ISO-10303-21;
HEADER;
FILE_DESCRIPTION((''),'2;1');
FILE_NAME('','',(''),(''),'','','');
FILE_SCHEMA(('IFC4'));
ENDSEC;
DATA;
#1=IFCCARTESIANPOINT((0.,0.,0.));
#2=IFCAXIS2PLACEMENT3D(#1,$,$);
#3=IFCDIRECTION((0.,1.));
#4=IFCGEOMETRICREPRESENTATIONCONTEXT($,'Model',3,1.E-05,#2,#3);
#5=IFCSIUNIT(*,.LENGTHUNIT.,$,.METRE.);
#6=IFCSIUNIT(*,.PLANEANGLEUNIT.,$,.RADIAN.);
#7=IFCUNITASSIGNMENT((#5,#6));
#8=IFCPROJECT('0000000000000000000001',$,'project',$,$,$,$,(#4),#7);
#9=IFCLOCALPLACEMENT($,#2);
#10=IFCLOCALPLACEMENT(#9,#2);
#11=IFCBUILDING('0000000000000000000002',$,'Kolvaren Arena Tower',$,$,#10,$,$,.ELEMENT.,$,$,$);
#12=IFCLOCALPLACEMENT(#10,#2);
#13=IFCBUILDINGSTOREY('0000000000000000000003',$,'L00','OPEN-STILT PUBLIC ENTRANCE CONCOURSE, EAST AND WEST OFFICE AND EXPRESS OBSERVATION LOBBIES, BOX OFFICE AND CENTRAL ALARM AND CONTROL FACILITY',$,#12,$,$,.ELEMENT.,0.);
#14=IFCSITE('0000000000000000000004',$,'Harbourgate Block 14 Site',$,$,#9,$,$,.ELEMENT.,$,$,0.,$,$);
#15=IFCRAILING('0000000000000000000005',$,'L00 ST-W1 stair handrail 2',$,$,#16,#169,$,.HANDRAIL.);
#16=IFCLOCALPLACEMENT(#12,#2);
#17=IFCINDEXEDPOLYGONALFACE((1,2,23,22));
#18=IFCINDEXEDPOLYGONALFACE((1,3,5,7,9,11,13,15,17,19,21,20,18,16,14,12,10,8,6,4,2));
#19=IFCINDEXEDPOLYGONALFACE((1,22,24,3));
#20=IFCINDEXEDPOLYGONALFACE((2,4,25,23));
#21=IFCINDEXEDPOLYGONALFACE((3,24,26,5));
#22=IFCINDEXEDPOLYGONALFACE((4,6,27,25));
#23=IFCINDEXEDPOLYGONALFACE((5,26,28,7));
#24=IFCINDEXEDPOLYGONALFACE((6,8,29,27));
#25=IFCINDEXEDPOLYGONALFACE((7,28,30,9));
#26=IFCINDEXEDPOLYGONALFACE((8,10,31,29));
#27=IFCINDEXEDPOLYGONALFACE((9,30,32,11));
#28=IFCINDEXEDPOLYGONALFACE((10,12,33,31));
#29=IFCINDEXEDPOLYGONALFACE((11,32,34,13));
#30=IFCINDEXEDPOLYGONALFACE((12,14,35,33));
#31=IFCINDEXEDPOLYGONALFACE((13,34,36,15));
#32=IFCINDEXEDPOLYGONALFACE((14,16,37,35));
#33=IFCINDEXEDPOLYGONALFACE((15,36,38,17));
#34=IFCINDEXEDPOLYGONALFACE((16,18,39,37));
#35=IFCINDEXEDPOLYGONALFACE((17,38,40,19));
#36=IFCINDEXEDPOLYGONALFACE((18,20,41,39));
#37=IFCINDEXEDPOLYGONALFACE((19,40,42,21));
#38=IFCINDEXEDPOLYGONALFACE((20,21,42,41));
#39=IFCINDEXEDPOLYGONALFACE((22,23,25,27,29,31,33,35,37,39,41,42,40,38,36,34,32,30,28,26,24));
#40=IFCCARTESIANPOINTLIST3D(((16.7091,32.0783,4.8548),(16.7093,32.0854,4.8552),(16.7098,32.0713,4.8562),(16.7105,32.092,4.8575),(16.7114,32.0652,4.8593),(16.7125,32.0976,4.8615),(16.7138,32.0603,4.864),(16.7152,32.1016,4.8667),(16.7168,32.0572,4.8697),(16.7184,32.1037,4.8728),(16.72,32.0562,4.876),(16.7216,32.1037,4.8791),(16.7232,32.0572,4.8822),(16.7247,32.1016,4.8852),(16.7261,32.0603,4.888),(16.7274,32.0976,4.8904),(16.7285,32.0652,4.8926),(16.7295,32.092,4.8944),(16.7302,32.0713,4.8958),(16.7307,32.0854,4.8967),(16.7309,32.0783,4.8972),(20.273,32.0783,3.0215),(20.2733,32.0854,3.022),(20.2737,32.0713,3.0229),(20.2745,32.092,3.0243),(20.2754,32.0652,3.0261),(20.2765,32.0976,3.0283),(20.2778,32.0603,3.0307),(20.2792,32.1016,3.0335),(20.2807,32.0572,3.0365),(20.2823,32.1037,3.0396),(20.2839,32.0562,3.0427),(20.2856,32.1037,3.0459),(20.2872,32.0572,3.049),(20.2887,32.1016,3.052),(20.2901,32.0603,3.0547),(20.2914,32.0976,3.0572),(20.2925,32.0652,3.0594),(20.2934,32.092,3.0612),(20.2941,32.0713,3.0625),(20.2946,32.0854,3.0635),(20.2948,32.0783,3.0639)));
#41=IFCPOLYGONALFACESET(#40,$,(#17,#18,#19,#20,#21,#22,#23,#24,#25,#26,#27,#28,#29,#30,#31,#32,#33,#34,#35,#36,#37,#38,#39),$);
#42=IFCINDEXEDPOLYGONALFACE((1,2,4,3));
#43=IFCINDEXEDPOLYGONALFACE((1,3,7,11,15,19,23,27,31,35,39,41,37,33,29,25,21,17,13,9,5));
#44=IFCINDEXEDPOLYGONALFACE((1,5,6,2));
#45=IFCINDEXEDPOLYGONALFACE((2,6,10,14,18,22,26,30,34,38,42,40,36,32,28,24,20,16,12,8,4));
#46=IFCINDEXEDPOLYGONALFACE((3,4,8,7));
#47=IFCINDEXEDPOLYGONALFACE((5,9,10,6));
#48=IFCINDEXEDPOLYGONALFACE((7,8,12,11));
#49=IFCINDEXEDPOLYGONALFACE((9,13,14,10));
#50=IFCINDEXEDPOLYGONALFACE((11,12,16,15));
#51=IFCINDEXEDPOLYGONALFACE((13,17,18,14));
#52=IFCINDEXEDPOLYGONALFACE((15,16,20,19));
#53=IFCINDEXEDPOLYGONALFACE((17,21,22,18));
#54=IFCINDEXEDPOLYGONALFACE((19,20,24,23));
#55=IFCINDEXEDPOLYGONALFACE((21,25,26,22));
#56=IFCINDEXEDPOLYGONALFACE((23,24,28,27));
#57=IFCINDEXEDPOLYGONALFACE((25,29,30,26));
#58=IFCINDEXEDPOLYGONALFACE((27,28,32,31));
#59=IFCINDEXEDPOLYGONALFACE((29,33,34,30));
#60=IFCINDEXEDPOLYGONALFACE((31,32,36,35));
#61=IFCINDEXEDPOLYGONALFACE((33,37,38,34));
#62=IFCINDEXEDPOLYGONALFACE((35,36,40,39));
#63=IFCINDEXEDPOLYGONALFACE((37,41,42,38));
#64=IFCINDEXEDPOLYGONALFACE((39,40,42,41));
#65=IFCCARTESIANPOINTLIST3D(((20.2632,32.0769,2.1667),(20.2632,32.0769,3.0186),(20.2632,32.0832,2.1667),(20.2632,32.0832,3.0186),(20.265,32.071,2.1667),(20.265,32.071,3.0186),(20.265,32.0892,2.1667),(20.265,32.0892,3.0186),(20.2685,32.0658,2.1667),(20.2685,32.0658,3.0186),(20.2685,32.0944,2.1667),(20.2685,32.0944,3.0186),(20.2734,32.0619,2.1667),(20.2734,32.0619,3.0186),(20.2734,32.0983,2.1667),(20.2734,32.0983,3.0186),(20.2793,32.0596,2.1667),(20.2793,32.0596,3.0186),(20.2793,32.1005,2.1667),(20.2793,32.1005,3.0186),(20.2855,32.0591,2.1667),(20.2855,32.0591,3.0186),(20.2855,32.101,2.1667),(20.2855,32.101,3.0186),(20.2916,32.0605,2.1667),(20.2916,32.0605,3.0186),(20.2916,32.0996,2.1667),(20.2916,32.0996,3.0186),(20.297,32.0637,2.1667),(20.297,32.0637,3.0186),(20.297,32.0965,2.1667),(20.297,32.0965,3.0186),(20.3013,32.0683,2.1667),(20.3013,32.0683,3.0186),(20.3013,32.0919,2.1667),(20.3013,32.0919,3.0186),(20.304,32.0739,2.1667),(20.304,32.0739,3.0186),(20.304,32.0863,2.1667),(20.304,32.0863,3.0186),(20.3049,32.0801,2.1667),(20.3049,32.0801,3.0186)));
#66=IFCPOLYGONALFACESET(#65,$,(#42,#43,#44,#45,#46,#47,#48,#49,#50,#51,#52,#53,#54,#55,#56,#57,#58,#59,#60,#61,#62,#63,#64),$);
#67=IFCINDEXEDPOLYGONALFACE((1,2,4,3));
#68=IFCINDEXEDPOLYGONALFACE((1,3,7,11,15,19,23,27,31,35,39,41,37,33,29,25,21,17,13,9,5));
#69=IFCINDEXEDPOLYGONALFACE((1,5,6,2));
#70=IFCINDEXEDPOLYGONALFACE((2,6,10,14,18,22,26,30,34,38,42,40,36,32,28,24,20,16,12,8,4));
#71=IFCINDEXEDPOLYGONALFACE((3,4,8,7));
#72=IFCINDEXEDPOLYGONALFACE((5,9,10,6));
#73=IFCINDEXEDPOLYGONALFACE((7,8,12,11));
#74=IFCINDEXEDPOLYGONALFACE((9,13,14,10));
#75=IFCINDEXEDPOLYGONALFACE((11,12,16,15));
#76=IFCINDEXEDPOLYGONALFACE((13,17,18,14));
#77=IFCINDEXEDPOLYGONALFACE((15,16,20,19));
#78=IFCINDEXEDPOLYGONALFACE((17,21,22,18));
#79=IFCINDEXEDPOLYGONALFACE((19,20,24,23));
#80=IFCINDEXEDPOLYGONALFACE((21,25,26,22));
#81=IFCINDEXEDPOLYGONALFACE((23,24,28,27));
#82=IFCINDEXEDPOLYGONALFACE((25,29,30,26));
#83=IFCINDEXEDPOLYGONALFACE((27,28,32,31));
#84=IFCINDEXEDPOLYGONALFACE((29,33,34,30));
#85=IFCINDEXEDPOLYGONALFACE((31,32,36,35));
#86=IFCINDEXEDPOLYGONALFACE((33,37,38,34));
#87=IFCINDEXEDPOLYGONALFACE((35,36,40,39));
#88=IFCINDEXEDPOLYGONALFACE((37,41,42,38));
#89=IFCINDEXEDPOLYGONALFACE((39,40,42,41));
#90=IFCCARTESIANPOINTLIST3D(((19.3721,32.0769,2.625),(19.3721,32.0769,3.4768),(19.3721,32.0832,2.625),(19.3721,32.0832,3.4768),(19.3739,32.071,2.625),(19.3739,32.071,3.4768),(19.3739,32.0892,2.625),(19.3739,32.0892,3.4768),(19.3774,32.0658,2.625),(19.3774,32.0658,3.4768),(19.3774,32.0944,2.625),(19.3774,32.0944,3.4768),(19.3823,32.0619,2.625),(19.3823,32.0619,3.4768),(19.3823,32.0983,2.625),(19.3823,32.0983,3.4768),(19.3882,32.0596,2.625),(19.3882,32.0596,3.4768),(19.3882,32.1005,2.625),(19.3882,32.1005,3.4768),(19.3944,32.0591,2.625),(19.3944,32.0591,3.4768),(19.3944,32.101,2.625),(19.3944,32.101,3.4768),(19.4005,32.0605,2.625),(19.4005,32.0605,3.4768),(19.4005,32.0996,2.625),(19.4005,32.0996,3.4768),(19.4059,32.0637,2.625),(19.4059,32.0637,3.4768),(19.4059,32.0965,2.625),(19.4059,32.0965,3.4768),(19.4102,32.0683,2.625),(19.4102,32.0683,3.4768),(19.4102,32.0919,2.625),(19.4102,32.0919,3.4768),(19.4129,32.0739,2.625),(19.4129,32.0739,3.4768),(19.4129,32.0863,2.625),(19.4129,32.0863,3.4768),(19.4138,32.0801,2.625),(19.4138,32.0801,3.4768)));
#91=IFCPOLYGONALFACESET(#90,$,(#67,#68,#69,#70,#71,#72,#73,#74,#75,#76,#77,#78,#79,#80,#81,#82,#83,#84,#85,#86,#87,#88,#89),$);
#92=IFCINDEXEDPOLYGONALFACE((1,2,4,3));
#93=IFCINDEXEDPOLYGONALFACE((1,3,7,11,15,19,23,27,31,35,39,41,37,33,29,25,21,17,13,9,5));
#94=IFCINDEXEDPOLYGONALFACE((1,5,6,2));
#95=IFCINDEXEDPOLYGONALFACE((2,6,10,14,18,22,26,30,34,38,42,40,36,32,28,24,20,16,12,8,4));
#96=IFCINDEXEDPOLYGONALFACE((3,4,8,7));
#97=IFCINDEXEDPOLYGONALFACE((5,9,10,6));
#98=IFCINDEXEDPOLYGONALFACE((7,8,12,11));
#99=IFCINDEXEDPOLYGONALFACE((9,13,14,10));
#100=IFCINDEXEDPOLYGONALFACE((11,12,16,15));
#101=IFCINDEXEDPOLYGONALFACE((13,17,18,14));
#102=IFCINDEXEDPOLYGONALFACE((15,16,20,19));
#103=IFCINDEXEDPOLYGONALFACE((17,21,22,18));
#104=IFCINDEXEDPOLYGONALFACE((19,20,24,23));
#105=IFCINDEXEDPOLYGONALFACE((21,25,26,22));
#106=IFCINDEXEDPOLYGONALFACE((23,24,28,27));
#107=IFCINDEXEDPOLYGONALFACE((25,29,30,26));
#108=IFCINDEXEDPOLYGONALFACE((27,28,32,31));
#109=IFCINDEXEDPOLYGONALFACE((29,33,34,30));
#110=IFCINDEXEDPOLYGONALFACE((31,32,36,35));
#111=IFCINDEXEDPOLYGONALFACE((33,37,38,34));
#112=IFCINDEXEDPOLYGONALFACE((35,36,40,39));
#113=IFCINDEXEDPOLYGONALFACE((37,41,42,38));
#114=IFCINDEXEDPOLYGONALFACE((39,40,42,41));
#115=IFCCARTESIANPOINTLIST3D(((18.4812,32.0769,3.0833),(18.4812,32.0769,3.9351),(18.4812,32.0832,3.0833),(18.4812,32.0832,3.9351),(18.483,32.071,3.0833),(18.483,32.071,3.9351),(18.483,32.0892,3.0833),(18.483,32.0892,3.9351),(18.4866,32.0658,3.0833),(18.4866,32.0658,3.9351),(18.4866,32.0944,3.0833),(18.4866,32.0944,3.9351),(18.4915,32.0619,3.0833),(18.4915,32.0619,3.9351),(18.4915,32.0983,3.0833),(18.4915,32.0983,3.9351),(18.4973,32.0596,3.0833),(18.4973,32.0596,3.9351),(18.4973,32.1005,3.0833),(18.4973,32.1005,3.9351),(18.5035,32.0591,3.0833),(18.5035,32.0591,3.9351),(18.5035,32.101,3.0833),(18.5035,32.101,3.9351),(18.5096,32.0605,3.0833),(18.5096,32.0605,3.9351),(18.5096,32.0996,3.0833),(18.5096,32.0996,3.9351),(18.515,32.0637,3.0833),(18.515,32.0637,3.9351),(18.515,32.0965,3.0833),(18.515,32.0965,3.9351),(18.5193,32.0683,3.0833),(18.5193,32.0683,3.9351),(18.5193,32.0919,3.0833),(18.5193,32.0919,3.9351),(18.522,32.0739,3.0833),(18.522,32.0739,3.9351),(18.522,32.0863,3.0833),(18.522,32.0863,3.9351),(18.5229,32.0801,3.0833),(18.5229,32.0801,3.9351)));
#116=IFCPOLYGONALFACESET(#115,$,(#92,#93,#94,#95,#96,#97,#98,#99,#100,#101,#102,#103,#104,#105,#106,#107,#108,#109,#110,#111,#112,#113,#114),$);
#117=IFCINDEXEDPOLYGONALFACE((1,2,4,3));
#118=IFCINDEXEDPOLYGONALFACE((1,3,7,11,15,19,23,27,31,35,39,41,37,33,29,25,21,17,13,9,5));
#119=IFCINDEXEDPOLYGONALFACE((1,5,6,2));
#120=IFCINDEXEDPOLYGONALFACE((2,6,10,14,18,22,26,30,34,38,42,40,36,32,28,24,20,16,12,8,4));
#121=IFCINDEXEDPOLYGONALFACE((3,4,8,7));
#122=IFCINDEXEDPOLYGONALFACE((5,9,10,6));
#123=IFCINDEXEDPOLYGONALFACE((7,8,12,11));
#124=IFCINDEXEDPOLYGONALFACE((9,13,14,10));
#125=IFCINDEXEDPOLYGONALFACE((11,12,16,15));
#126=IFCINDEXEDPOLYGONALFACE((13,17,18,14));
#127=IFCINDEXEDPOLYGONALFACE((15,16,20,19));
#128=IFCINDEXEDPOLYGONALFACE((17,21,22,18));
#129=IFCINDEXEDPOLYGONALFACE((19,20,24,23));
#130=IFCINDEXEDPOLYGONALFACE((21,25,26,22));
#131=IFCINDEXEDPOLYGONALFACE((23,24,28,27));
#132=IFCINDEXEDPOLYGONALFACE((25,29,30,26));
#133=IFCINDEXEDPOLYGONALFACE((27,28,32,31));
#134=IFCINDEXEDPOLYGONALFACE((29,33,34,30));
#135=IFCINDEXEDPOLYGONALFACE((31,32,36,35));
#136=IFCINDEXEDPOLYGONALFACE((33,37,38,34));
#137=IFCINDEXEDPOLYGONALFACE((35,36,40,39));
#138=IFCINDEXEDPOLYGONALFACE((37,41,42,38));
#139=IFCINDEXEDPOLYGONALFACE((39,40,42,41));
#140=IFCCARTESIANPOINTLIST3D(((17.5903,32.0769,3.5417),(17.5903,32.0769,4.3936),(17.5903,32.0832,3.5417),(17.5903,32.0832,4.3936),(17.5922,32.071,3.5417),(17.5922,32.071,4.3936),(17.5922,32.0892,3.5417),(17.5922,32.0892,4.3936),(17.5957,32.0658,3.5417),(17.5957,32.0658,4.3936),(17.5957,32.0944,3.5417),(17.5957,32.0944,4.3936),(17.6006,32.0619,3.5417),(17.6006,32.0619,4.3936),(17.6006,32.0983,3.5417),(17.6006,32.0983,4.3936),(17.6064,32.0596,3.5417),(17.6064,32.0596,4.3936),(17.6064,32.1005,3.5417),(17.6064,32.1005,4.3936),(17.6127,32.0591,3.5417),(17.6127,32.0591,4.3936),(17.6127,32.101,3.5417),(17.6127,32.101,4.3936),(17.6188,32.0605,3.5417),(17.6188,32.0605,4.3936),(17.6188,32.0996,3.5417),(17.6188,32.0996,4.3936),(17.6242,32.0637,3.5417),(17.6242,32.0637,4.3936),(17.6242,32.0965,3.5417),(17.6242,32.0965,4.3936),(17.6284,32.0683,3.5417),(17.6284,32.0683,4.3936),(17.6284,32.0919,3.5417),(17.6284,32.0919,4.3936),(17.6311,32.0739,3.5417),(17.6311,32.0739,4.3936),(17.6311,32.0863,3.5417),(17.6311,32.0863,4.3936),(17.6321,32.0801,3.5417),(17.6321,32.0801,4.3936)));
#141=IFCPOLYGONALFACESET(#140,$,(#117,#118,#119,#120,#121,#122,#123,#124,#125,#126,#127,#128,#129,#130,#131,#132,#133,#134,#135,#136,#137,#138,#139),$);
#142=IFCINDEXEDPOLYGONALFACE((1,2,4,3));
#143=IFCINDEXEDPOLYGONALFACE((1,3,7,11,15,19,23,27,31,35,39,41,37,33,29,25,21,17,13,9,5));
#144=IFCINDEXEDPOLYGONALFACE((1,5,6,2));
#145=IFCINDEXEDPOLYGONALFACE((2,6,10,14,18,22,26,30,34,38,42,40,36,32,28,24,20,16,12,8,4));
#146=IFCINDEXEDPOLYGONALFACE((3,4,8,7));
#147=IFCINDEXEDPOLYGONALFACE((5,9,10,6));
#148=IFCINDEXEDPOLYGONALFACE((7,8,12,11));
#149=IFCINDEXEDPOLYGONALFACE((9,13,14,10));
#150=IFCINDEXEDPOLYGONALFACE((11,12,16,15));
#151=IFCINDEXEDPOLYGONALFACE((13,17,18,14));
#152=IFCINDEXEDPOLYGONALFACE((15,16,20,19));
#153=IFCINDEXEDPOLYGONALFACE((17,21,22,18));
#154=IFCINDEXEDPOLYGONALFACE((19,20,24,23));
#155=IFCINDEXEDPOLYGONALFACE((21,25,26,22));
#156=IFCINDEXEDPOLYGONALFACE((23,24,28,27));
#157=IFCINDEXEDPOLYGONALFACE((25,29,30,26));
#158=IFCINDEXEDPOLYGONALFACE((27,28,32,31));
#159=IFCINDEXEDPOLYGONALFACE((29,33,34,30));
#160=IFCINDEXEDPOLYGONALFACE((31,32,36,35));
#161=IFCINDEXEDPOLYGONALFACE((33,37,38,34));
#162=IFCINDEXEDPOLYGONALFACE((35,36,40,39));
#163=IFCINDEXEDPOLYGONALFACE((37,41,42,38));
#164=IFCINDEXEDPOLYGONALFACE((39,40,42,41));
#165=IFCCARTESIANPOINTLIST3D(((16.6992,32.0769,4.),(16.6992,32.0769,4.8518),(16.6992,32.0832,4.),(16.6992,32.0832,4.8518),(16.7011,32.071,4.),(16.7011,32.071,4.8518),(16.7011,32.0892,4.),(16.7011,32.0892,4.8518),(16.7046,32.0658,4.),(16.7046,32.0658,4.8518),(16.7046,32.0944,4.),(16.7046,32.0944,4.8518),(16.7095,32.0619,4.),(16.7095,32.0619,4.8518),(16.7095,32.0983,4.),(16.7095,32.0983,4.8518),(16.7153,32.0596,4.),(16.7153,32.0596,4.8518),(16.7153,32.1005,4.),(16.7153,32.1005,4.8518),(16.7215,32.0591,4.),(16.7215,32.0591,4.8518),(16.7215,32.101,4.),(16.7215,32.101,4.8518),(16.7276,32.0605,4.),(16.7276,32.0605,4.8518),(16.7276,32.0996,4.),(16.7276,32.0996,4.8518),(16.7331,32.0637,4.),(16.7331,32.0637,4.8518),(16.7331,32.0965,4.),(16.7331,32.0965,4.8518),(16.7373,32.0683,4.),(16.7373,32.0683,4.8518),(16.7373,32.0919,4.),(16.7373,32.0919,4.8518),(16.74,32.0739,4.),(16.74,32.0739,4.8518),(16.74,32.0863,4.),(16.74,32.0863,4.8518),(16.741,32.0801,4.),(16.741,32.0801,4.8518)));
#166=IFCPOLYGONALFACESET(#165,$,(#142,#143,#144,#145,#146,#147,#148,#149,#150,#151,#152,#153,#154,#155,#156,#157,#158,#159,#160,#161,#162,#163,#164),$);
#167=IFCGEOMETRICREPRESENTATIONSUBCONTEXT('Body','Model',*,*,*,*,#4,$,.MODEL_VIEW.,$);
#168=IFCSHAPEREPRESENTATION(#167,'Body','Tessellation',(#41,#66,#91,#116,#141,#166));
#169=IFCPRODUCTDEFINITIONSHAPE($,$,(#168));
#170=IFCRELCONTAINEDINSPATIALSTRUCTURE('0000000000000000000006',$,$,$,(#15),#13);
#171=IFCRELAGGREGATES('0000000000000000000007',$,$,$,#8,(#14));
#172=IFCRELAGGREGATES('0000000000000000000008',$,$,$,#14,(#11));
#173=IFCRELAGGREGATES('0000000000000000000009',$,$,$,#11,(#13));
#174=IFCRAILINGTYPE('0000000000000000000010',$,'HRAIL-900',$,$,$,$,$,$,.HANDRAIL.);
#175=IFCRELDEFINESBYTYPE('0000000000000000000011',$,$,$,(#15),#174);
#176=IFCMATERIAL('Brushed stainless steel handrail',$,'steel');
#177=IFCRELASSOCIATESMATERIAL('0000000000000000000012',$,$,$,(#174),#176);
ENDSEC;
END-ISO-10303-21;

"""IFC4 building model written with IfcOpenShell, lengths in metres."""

from ifc_helpers import new_model, si_unit, direction, frame, origin, origin_2d, place, context, subcontext, project, spatial, circle, extrude, material, type_object, element, save


model = new_model("IFC4")

# Units and contexts
model_context = context("Model", 3, precision=1e-05, world=origin(), true_north=direction((0.0, 1.0)))
body_context = subcontext(model_context, "Body", "Model", "MODEL_VIEW")
ifc_project = project(units=[si_unit("LENGTHUNIT", "METRE"), si_unit("PLANEANGLEUNIT", "RADIAN")], contexts=[model_context])

# Site, building, storey
site_placement = place(None, origin())
site = spatial("IfcSite", under=ifc_project, at=site_placement, Name="Harbourgate Block 14 Site", CompositionType="ELEMENT", RefElevation=0.0)
building_placement = place(site_placement, origin())
building = spatial("IfcBuilding", under=site, at=building_placement, Name="Kolvaren Arena Tower", CompositionType="ELEMENT")
storey_placement = place(building_placement, origin())
storey = spatial("IfcBuildingStorey", under=building, at=storey_placement, Name="L00", Description="OPEN-STILT PUBLIC ENTRANCE CONCOURSE, EAST AND WEST OFFICE AND EXPRESS OBSERVATION LOBBIES, BOX OFFICE AND CENTRAL ALARM AND CONTROL FACILITY", CompositionType="ELEMENT", Elevation=0.0)

# Railing
ifc_material_1 = material(Name="Brushed stainless steel handrail", Category="steel")
railing_type_1 = type_object("IfcRailingType", Name="HRAIL-900", PredefinedType="HANDRAIL", material=ifc_material_1)
railing_1_placement = place(storey_placement, frame((20.2839, 32.0801, 2.1667)))
element("IfcRailing", 1, at=railing_1_placement, inside=storey, type_object=railing_type_1, Name="L00 ST-W1 stair handrail 2", PredefinedType="HANDRAIL", context=body_context, shape_type="SweptSolid", body=[
    extrude(circle(Radius=0.0239, at=origin_2d()), frame((0.0, 0.0, 0.876), z_axis=(-0.889252, 0.0, 0.457418), x_axis=(0.0, -1.0, 0.0)), (0.0, 0.0, 1.0), 4.0078),
    extrude(circle(Radius=0.021, at=origin_2d()), origin(), (0.0, 0.0, 1.0), 0.8518),
    extrude(circle(Radius=0.021, at=origin_2d()), frame((-0.8911, 0.0, 0.4583)), (0.0, 0.0, 1.0), 0.8518),
    extrude(circle(Radius=0.021, at=origin_2d()), frame((-1.782, 0.0, 0.9165)), (0.0, 0.0, 1.0), 0.8518),
    extrude(circle(Radius=0.021, at=origin_2d()), frame((-2.6729, 0.0, 1.375)), (0.0, 0.0, 1.0), 0.8518),
    extrude(circle(Radius=0.021, at=origin_2d()), frame((-3.564, 0.0, 1.8333)), (0.0, 0.0, 1.0), 0.8518),
])

save(model, "model.ifc")
